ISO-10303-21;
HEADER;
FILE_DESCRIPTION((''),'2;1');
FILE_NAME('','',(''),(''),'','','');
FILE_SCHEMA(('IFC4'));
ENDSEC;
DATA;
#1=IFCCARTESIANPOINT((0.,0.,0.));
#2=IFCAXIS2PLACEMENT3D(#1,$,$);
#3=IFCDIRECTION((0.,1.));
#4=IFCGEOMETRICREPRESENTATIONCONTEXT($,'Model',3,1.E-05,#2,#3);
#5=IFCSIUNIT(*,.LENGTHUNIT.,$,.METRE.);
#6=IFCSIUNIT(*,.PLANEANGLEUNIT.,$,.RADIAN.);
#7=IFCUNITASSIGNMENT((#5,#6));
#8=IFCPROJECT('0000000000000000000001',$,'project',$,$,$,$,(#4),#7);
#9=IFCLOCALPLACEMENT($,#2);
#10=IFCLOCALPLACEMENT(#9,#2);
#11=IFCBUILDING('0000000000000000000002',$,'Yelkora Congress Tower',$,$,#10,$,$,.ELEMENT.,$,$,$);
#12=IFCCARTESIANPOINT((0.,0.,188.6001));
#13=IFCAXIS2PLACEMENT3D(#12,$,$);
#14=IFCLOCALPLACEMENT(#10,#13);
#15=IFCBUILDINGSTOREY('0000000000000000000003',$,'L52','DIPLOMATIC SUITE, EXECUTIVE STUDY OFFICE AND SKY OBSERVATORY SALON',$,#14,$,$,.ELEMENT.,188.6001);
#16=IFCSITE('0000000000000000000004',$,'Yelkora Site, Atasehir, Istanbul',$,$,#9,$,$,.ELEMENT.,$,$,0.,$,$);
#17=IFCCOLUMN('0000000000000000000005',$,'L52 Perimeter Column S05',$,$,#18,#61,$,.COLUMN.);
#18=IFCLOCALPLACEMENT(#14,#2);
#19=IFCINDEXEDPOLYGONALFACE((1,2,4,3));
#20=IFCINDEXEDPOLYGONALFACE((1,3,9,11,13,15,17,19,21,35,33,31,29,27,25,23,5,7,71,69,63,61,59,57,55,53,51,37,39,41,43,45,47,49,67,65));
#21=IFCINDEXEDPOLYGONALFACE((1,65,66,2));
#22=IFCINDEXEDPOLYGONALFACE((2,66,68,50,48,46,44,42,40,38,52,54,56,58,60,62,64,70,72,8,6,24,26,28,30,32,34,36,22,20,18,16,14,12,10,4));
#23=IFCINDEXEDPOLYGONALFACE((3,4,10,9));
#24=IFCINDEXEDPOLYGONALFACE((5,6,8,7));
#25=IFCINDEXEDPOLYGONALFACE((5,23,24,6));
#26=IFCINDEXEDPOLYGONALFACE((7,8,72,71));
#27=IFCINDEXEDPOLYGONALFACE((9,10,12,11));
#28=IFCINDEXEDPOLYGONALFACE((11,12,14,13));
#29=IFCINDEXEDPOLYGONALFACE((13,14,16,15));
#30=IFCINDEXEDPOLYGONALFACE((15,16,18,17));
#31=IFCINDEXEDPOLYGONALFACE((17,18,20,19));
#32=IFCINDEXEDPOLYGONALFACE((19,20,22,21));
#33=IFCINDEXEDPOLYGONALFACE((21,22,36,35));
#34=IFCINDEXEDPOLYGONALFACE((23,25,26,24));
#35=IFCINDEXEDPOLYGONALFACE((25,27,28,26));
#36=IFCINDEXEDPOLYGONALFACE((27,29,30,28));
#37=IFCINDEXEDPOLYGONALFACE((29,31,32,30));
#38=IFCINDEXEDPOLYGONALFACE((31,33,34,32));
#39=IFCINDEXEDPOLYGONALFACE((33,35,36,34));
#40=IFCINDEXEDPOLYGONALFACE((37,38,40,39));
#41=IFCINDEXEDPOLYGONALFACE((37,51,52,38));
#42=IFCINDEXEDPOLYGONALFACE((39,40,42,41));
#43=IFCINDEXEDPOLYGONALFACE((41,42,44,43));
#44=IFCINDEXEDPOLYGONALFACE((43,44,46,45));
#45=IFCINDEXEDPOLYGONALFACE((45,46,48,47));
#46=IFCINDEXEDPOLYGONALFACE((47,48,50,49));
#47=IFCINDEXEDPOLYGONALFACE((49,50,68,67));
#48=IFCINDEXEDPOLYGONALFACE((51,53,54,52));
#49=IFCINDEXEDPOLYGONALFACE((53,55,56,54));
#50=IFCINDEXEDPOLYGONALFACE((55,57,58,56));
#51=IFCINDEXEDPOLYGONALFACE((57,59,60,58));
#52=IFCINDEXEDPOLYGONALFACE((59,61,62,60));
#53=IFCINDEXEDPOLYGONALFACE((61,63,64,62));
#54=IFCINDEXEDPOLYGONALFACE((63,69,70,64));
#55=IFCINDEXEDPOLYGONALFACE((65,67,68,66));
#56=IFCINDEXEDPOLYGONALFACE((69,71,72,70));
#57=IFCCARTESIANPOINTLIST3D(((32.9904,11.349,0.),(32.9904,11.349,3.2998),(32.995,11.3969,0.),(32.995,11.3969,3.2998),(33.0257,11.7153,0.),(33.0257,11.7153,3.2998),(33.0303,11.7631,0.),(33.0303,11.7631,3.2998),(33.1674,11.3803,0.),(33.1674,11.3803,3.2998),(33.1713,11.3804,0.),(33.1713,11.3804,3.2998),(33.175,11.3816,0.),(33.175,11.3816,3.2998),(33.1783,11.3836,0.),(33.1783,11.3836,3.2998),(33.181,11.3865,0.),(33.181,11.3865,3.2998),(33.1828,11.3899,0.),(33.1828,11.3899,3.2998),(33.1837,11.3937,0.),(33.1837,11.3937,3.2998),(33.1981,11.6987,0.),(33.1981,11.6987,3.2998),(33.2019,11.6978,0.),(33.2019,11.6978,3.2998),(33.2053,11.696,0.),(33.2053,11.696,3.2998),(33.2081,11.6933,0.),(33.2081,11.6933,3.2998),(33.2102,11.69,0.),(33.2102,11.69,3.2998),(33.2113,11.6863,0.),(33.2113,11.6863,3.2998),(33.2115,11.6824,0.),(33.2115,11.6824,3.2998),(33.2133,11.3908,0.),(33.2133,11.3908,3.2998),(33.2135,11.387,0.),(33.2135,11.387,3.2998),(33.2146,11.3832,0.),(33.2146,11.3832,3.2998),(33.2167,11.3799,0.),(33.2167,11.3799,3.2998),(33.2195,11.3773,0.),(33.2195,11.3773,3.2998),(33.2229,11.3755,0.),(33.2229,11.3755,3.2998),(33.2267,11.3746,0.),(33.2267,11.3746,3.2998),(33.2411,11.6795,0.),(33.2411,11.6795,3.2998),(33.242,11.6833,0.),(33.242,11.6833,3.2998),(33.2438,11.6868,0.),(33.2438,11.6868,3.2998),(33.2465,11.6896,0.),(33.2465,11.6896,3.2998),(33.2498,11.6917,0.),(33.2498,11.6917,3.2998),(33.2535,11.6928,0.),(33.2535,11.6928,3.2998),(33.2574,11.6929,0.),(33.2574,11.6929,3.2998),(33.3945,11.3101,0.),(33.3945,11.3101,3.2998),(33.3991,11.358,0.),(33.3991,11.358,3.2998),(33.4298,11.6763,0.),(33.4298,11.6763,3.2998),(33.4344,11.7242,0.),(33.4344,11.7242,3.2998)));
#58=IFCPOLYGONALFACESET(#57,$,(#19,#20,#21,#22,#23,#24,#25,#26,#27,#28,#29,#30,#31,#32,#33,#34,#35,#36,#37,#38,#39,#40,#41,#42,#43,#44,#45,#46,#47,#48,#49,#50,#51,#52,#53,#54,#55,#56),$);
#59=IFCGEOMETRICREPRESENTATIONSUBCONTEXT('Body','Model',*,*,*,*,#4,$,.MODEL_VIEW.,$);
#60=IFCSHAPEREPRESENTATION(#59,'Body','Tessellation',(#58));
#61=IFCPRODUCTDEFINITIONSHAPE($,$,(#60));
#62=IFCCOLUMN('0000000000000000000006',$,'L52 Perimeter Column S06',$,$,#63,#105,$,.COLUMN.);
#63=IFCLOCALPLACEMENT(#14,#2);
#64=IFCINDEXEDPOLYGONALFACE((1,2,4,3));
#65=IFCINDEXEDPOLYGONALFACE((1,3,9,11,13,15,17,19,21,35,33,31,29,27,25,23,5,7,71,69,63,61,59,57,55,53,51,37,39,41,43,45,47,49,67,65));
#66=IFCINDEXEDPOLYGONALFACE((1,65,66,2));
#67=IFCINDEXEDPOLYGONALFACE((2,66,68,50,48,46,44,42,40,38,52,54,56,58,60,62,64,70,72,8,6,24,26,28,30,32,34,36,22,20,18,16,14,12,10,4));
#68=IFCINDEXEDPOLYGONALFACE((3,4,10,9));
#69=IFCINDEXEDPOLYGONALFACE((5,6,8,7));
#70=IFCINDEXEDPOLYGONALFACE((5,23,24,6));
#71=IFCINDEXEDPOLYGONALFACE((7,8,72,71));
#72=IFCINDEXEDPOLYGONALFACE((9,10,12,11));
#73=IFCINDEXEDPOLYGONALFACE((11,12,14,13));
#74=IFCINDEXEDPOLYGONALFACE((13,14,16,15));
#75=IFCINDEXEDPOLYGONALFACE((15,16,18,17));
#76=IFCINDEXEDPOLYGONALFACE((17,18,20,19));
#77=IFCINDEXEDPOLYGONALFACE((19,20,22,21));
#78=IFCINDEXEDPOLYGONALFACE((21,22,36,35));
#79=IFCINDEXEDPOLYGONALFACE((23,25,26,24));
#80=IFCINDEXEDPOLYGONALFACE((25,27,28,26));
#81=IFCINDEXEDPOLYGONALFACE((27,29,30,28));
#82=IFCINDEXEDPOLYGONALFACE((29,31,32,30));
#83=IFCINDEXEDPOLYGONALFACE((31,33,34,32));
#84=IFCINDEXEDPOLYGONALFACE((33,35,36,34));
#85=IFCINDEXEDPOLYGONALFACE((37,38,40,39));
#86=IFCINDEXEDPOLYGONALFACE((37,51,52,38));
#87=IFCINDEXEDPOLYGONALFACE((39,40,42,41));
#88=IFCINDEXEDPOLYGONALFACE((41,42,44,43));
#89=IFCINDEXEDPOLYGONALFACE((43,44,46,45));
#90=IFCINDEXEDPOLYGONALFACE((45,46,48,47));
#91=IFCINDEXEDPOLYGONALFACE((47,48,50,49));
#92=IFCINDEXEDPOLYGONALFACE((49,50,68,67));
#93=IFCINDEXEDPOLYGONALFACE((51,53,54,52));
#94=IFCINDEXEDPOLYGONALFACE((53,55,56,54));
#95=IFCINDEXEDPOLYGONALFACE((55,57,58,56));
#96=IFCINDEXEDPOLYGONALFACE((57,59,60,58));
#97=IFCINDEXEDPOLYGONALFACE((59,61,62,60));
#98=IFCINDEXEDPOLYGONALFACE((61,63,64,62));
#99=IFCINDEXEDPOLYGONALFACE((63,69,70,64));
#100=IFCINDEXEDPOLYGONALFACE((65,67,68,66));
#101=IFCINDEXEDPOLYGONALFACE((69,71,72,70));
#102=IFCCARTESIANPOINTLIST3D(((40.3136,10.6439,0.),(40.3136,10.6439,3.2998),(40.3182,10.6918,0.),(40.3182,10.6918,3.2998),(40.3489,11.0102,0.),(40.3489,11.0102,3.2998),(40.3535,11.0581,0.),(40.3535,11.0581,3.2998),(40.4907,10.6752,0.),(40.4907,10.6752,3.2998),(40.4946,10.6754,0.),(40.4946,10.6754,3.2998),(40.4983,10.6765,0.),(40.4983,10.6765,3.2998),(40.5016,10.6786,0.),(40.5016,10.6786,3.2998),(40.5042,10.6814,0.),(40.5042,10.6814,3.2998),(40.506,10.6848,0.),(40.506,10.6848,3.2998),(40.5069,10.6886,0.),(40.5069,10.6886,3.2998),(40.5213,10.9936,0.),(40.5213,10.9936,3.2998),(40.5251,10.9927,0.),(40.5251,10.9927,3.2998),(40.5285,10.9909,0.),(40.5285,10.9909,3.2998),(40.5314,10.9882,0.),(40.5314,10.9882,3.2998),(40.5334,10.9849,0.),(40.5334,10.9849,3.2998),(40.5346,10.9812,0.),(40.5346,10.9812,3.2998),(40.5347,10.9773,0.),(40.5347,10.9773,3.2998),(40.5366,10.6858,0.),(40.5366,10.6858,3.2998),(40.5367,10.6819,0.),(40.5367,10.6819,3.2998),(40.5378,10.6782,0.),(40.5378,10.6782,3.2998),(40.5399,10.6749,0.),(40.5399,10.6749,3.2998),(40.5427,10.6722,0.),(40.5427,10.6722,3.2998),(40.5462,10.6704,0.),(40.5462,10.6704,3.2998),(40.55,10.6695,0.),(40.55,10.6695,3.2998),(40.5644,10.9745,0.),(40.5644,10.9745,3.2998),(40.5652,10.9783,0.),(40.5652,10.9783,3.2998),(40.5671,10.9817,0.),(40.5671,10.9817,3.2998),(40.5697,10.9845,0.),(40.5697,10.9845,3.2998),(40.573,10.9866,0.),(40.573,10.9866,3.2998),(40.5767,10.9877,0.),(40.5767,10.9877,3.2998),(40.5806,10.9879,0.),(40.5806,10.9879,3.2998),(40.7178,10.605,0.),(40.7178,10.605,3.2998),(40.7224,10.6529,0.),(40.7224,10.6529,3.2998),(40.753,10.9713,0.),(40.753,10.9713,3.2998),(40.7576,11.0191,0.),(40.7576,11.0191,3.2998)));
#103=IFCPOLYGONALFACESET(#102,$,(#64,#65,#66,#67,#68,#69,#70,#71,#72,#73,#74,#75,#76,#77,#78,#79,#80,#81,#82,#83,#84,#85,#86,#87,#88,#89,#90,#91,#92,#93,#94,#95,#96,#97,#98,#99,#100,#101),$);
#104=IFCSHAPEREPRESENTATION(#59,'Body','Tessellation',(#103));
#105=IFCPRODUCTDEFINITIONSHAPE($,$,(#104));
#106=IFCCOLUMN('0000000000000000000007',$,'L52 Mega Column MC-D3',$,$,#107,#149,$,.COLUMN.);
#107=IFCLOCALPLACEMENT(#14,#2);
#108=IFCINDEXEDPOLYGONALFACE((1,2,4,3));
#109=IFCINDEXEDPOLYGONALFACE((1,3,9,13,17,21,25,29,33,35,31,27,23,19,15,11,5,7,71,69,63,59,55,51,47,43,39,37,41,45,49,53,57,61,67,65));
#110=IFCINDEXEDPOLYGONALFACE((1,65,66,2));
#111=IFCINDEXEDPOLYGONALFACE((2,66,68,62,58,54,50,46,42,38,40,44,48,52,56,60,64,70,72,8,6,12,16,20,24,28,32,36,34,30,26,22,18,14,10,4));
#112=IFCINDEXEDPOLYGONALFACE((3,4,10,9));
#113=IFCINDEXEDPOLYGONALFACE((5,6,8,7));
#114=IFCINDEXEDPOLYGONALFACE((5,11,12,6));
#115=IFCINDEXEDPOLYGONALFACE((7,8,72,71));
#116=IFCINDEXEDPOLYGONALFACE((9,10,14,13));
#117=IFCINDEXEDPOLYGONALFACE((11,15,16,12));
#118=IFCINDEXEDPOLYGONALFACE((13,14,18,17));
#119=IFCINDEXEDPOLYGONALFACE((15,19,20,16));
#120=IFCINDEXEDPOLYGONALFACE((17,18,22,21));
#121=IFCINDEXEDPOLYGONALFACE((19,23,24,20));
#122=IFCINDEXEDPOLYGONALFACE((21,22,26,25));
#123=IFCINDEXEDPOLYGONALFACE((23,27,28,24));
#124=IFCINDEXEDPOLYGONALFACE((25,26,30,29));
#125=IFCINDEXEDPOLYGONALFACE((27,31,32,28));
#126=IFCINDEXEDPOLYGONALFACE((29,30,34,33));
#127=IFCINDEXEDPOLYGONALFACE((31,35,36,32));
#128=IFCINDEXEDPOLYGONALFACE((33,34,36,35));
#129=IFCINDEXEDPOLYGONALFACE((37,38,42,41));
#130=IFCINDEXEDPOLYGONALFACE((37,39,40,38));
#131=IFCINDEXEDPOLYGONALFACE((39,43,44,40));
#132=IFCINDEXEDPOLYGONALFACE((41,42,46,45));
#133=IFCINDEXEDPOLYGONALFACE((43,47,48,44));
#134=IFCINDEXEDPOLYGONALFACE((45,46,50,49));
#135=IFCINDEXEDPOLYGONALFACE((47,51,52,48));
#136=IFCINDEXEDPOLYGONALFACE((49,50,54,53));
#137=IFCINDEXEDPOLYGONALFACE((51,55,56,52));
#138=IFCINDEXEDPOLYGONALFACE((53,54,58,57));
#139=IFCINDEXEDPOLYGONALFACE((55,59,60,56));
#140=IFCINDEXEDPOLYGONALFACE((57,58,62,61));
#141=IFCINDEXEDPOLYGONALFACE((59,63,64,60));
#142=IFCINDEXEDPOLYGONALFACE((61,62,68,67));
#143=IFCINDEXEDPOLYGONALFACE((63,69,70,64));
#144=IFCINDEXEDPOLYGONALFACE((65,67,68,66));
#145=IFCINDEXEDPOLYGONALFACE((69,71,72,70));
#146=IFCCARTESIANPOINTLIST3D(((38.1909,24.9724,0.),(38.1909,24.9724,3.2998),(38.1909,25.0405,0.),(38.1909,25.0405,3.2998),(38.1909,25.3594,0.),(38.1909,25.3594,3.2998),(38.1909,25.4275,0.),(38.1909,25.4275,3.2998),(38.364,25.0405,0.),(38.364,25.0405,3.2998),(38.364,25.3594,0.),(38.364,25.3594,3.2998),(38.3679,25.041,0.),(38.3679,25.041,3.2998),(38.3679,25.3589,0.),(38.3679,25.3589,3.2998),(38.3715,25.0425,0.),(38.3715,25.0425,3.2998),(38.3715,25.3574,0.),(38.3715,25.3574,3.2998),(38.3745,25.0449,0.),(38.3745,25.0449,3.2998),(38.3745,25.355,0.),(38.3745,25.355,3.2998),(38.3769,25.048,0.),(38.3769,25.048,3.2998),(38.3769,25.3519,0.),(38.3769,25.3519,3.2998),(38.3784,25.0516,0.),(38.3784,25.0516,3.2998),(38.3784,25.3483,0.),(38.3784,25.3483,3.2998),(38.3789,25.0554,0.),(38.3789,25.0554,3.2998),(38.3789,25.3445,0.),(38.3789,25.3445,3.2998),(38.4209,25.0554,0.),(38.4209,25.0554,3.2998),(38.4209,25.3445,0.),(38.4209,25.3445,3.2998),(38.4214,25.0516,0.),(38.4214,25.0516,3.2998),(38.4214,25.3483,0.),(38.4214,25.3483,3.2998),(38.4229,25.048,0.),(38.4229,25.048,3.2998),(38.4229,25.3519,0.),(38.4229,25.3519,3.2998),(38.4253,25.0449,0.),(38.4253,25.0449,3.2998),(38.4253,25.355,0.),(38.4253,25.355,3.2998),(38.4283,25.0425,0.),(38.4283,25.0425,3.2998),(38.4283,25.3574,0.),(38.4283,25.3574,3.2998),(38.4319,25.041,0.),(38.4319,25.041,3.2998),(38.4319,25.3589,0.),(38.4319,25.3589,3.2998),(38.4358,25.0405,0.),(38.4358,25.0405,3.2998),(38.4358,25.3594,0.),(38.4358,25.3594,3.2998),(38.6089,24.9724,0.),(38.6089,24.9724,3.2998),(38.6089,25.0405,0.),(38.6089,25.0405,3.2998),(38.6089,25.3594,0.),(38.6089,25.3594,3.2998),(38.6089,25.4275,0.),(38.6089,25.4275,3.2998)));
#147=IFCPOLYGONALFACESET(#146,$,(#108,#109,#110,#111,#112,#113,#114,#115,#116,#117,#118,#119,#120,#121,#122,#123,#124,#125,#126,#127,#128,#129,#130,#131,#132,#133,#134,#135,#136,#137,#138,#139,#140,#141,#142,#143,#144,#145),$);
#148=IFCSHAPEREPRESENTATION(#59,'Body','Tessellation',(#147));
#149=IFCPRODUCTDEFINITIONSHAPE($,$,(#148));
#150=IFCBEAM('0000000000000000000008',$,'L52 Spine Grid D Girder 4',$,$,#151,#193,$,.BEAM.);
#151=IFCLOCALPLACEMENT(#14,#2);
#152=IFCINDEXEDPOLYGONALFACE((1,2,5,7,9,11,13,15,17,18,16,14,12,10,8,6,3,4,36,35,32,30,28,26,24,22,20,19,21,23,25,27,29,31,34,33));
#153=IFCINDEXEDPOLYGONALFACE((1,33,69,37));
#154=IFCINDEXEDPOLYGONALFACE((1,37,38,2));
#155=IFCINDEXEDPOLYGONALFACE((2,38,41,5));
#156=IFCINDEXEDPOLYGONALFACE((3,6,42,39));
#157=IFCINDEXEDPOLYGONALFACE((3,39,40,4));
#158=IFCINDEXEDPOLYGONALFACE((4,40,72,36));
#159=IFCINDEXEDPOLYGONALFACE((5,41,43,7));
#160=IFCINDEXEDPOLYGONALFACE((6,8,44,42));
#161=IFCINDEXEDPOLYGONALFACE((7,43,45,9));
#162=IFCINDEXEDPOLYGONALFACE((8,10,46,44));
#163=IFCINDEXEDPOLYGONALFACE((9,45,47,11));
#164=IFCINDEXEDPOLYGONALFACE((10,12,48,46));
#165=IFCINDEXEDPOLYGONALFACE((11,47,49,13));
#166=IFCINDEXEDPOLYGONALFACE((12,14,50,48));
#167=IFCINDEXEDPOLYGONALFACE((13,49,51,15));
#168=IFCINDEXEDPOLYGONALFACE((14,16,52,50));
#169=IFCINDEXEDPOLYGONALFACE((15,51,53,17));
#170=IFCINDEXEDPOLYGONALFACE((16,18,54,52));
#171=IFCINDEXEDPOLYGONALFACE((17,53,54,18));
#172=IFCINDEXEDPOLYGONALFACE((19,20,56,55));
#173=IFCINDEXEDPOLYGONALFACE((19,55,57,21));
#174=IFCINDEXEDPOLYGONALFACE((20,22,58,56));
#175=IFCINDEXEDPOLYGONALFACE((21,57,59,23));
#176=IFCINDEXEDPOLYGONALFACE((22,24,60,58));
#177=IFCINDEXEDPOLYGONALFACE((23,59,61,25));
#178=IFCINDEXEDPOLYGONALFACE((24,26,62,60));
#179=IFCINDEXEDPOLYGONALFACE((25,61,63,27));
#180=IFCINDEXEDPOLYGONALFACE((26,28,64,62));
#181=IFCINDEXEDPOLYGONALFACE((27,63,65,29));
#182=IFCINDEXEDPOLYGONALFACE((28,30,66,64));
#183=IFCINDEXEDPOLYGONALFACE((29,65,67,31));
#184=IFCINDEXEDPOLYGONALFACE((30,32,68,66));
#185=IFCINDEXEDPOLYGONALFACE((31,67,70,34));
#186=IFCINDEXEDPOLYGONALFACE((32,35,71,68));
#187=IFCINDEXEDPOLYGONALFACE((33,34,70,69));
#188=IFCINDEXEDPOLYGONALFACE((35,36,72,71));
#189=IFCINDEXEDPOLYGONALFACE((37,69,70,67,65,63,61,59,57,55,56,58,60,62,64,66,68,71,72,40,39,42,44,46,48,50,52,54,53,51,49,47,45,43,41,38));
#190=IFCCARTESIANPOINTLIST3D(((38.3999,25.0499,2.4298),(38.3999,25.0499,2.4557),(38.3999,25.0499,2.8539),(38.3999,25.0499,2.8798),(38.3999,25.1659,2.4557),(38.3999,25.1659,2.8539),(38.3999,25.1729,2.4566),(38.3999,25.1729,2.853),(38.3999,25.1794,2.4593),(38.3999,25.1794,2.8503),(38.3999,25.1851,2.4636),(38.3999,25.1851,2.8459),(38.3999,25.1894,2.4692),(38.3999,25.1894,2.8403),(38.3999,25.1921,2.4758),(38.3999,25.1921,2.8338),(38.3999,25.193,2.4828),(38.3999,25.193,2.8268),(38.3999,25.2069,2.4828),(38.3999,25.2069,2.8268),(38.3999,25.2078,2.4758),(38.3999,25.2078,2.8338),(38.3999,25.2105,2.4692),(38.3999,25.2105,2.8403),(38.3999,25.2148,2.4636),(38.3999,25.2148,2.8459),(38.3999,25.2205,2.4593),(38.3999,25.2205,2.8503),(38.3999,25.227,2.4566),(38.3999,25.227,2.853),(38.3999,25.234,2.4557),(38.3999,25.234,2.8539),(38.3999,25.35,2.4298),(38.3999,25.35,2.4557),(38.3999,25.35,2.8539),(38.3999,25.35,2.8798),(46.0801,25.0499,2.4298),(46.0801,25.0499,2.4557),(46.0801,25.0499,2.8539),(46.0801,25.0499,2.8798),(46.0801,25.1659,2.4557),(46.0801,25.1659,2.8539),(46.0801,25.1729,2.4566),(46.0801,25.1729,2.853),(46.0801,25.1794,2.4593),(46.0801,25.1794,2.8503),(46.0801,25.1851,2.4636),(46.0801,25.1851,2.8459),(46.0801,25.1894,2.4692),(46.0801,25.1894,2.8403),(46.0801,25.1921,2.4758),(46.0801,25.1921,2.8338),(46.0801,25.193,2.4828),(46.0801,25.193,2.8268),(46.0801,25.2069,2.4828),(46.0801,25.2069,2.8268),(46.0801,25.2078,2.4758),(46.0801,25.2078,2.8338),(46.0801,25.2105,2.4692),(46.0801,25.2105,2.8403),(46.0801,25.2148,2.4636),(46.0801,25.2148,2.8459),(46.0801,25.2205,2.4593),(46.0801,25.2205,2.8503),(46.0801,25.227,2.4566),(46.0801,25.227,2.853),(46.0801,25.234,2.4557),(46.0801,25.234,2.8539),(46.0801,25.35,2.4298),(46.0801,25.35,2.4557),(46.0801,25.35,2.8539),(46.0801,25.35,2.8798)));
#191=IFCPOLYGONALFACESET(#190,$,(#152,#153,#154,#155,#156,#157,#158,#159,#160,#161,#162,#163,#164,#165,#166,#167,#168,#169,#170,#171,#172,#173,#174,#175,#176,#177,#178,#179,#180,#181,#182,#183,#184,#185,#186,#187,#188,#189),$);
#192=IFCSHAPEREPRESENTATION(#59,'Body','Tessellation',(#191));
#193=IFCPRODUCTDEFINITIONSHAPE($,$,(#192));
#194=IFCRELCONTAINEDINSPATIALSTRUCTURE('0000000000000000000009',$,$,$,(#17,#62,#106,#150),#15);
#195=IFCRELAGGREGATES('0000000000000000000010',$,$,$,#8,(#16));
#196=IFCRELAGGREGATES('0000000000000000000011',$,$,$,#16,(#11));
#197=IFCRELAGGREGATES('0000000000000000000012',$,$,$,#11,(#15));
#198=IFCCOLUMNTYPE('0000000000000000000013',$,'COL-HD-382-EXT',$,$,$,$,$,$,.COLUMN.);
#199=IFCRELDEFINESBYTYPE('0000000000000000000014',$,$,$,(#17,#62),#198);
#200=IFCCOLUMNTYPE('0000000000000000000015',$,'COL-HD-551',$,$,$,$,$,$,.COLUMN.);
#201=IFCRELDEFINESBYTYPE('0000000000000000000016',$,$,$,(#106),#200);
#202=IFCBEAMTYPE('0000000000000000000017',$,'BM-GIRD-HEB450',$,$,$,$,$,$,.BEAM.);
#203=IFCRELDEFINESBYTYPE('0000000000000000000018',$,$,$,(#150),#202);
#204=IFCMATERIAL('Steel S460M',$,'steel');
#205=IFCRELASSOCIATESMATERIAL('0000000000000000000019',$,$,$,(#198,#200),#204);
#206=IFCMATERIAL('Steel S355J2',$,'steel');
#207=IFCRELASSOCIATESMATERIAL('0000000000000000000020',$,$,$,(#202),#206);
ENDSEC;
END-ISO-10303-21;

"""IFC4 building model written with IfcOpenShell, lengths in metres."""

from ifc_helpers import new_model, si_unit, direction, frame, origin, origin_2d, place, context, subcontext, project, spatial, i_section, extrude, material, material_profile, profile_set, type_object, element, save


model = new_model("IFC4")

# Units and contexts
model_context = context("Model", 3, precision=1e-05, world=origin(), true_north=direction((0.0, 1.0)))
body_context = subcontext(model_context, "Body", "Model", "MODEL_VIEW")
ifc_project = project(units=[si_unit("LENGTHUNIT", "METRE"), si_unit("PLANEANGLEUNIT", "RADIAN")], contexts=[model_context])

# Site, building, storey
site_placement = place(None, origin())
site = spatial("IfcSite", under=ifc_project, at=site_placement, Name="Yelkora Site, Atasehir, Istanbul", CompositionType="ELEMENT", RefElevation=0.0)
building_placement = place(site_placement, origin())
building = spatial("IfcBuilding", under=site, at=building_placement, Name="Yelkora Congress Tower", CompositionType="ELEMENT")
storey_placement = place(building_placement, frame((0.0, 0.0, 188.6001)))
storey = spatial("IfcBuildingStorey", under=building, at=storey_placement, Name="L52", Description="DIPLOMATIC SUITE, EXECUTIVE STUDY OFFICE AND SKY OBSERVATORY SALON", CompositionType="ELEMENT", Elevation=188.6001)

# Columns
ifc_material_1 = material(Name="Steel S460M", Category="steel")
ifc_material_profile_1 = material_profile(ifc_material_1, i_section(OverallWidth=0.406, OverallDepth=0.416, WebThickness=0.0298, FlangeThickness=0.0481, FilletRadius=0.0149, at=origin_2d()), Name="HD 400x382")
ifc_profile_set_1 = profile_set([ifc_material_profile_1], Name="Steel S460M")
column_type_1 = type_object("IfcColumnType", Name="COL-HD-382-EXT", PredefinedType="COLUMN", material=ifc_profile_set_1)
for number, where, z_axis, x_axis, name in (
    (1, (33.2124, 11.5366, 0.0), (0.0, 0.0, 1.0), (0.995396, -0.095846, 0.0), "L52 Perimeter Column S05"),
    (2, (40.5356, 10.8315, 0.0), (0.0, 0.0, 1.0), (0.995396, -0.095846, 0.0), "L52 Perimeter Column S06"),
):
    element("IfcColumn", number, at=place(storey_placement, frame(where, z_axis=z_axis, x_axis=x_axis)), inside=storey, type_object=column_type_1, Name=name, PredefinedType="COLUMN", context=body_context, shape_type="SweptSolid", body=[
        extrude(i_section(OverallWidth=0.406, OverallDepth=0.416, WebThickness=0.0298, FlangeThickness=0.0481, FilletRadius=0.0149, at=origin_2d()), origin(), (0.0, 0.0, 1.0), 3.2998),
    ])
ifc_material_profile_2 = material_profile(ifc_material_1, i_section(OverallWidth=0.418, OverallDepth=0.4551, WebThickness=0.042, FlangeThickness=0.0681, FilletRadius=0.0149, at=origin_2d()), Name="HD 400x551")
ifc_profile_set_2 = profile_set([ifc_material_profile_2], Name="Steel S460M")
column_type_2 = type_object("IfcColumnType", Name="COL-HD-551", PredefinedType="COLUMN", material=ifc_profile_set_2)
column_placement = place(storey_placement, frame((38.3999, 25.2, 0.0), z_axis=(0.0, 0.0, 1.0), x_axis=(1.0, 0.0, 0.0)))
element("IfcColumn", 3, at=column_placement, inside=storey, type_object=column_type_2, Name="L52 Mega Column MC-D3", PredefinedType="COLUMN", context=body_context, shape_type="SweptSolid", body=[
    extrude(i_section(OverallWidth=0.418, OverallDepth=0.4551, WebThickness=0.042, FlangeThickness=0.0681, FilletRadius=0.0149, at=origin_2d()), origin(), (0.0, 0.0, 1.0), 3.2998),
])

# Beam
ifc_material_2 = material(Name="Steel S355J2", Category="steel")
ifc_material_profile_3 = material_profile(ifc_material_2, i_section(OverallWidth=0.3, OverallDepth=0.45, WebThickness=0.0139, FlangeThickness=0.0259, FilletRadius=0.0271, at=origin_2d()), Name="HEB 450")
ifc_profile_set_3 = profile_set([ifc_material_profile_3], Name="Steel S355J2")
beam_type_1 = type_object("IfcBeamType", Name="BM-GIRD-HEB450", PredefinedType="BEAM", material=ifc_profile_set_3)
beam_1_placement = place(storey_placement, frame((38.3999, 25.2, 2.6548), z_axis=(1.0, 0.0, 0.0), x_axis=(0.0, 1.0, 0.0)))
element("IfcBeam", 4, at=beam_1_placement, inside=storey, type_object=beam_type_1, Name="L52 Spine Grid D Girder 4", PredefinedType="BEAM", context=body_context, shape_type="SweptSolid", body=[
    extrude(i_section(OverallWidth=0.3, OverallDepth=0.45, WebThickness=0.0139, FlangeThickness=0.0259, FilletRadius=0.0271, at=origin_2d()), origin(), (0.0, 0.0, 1.0), 7.6802),
])

save(model, "model.ifc")
